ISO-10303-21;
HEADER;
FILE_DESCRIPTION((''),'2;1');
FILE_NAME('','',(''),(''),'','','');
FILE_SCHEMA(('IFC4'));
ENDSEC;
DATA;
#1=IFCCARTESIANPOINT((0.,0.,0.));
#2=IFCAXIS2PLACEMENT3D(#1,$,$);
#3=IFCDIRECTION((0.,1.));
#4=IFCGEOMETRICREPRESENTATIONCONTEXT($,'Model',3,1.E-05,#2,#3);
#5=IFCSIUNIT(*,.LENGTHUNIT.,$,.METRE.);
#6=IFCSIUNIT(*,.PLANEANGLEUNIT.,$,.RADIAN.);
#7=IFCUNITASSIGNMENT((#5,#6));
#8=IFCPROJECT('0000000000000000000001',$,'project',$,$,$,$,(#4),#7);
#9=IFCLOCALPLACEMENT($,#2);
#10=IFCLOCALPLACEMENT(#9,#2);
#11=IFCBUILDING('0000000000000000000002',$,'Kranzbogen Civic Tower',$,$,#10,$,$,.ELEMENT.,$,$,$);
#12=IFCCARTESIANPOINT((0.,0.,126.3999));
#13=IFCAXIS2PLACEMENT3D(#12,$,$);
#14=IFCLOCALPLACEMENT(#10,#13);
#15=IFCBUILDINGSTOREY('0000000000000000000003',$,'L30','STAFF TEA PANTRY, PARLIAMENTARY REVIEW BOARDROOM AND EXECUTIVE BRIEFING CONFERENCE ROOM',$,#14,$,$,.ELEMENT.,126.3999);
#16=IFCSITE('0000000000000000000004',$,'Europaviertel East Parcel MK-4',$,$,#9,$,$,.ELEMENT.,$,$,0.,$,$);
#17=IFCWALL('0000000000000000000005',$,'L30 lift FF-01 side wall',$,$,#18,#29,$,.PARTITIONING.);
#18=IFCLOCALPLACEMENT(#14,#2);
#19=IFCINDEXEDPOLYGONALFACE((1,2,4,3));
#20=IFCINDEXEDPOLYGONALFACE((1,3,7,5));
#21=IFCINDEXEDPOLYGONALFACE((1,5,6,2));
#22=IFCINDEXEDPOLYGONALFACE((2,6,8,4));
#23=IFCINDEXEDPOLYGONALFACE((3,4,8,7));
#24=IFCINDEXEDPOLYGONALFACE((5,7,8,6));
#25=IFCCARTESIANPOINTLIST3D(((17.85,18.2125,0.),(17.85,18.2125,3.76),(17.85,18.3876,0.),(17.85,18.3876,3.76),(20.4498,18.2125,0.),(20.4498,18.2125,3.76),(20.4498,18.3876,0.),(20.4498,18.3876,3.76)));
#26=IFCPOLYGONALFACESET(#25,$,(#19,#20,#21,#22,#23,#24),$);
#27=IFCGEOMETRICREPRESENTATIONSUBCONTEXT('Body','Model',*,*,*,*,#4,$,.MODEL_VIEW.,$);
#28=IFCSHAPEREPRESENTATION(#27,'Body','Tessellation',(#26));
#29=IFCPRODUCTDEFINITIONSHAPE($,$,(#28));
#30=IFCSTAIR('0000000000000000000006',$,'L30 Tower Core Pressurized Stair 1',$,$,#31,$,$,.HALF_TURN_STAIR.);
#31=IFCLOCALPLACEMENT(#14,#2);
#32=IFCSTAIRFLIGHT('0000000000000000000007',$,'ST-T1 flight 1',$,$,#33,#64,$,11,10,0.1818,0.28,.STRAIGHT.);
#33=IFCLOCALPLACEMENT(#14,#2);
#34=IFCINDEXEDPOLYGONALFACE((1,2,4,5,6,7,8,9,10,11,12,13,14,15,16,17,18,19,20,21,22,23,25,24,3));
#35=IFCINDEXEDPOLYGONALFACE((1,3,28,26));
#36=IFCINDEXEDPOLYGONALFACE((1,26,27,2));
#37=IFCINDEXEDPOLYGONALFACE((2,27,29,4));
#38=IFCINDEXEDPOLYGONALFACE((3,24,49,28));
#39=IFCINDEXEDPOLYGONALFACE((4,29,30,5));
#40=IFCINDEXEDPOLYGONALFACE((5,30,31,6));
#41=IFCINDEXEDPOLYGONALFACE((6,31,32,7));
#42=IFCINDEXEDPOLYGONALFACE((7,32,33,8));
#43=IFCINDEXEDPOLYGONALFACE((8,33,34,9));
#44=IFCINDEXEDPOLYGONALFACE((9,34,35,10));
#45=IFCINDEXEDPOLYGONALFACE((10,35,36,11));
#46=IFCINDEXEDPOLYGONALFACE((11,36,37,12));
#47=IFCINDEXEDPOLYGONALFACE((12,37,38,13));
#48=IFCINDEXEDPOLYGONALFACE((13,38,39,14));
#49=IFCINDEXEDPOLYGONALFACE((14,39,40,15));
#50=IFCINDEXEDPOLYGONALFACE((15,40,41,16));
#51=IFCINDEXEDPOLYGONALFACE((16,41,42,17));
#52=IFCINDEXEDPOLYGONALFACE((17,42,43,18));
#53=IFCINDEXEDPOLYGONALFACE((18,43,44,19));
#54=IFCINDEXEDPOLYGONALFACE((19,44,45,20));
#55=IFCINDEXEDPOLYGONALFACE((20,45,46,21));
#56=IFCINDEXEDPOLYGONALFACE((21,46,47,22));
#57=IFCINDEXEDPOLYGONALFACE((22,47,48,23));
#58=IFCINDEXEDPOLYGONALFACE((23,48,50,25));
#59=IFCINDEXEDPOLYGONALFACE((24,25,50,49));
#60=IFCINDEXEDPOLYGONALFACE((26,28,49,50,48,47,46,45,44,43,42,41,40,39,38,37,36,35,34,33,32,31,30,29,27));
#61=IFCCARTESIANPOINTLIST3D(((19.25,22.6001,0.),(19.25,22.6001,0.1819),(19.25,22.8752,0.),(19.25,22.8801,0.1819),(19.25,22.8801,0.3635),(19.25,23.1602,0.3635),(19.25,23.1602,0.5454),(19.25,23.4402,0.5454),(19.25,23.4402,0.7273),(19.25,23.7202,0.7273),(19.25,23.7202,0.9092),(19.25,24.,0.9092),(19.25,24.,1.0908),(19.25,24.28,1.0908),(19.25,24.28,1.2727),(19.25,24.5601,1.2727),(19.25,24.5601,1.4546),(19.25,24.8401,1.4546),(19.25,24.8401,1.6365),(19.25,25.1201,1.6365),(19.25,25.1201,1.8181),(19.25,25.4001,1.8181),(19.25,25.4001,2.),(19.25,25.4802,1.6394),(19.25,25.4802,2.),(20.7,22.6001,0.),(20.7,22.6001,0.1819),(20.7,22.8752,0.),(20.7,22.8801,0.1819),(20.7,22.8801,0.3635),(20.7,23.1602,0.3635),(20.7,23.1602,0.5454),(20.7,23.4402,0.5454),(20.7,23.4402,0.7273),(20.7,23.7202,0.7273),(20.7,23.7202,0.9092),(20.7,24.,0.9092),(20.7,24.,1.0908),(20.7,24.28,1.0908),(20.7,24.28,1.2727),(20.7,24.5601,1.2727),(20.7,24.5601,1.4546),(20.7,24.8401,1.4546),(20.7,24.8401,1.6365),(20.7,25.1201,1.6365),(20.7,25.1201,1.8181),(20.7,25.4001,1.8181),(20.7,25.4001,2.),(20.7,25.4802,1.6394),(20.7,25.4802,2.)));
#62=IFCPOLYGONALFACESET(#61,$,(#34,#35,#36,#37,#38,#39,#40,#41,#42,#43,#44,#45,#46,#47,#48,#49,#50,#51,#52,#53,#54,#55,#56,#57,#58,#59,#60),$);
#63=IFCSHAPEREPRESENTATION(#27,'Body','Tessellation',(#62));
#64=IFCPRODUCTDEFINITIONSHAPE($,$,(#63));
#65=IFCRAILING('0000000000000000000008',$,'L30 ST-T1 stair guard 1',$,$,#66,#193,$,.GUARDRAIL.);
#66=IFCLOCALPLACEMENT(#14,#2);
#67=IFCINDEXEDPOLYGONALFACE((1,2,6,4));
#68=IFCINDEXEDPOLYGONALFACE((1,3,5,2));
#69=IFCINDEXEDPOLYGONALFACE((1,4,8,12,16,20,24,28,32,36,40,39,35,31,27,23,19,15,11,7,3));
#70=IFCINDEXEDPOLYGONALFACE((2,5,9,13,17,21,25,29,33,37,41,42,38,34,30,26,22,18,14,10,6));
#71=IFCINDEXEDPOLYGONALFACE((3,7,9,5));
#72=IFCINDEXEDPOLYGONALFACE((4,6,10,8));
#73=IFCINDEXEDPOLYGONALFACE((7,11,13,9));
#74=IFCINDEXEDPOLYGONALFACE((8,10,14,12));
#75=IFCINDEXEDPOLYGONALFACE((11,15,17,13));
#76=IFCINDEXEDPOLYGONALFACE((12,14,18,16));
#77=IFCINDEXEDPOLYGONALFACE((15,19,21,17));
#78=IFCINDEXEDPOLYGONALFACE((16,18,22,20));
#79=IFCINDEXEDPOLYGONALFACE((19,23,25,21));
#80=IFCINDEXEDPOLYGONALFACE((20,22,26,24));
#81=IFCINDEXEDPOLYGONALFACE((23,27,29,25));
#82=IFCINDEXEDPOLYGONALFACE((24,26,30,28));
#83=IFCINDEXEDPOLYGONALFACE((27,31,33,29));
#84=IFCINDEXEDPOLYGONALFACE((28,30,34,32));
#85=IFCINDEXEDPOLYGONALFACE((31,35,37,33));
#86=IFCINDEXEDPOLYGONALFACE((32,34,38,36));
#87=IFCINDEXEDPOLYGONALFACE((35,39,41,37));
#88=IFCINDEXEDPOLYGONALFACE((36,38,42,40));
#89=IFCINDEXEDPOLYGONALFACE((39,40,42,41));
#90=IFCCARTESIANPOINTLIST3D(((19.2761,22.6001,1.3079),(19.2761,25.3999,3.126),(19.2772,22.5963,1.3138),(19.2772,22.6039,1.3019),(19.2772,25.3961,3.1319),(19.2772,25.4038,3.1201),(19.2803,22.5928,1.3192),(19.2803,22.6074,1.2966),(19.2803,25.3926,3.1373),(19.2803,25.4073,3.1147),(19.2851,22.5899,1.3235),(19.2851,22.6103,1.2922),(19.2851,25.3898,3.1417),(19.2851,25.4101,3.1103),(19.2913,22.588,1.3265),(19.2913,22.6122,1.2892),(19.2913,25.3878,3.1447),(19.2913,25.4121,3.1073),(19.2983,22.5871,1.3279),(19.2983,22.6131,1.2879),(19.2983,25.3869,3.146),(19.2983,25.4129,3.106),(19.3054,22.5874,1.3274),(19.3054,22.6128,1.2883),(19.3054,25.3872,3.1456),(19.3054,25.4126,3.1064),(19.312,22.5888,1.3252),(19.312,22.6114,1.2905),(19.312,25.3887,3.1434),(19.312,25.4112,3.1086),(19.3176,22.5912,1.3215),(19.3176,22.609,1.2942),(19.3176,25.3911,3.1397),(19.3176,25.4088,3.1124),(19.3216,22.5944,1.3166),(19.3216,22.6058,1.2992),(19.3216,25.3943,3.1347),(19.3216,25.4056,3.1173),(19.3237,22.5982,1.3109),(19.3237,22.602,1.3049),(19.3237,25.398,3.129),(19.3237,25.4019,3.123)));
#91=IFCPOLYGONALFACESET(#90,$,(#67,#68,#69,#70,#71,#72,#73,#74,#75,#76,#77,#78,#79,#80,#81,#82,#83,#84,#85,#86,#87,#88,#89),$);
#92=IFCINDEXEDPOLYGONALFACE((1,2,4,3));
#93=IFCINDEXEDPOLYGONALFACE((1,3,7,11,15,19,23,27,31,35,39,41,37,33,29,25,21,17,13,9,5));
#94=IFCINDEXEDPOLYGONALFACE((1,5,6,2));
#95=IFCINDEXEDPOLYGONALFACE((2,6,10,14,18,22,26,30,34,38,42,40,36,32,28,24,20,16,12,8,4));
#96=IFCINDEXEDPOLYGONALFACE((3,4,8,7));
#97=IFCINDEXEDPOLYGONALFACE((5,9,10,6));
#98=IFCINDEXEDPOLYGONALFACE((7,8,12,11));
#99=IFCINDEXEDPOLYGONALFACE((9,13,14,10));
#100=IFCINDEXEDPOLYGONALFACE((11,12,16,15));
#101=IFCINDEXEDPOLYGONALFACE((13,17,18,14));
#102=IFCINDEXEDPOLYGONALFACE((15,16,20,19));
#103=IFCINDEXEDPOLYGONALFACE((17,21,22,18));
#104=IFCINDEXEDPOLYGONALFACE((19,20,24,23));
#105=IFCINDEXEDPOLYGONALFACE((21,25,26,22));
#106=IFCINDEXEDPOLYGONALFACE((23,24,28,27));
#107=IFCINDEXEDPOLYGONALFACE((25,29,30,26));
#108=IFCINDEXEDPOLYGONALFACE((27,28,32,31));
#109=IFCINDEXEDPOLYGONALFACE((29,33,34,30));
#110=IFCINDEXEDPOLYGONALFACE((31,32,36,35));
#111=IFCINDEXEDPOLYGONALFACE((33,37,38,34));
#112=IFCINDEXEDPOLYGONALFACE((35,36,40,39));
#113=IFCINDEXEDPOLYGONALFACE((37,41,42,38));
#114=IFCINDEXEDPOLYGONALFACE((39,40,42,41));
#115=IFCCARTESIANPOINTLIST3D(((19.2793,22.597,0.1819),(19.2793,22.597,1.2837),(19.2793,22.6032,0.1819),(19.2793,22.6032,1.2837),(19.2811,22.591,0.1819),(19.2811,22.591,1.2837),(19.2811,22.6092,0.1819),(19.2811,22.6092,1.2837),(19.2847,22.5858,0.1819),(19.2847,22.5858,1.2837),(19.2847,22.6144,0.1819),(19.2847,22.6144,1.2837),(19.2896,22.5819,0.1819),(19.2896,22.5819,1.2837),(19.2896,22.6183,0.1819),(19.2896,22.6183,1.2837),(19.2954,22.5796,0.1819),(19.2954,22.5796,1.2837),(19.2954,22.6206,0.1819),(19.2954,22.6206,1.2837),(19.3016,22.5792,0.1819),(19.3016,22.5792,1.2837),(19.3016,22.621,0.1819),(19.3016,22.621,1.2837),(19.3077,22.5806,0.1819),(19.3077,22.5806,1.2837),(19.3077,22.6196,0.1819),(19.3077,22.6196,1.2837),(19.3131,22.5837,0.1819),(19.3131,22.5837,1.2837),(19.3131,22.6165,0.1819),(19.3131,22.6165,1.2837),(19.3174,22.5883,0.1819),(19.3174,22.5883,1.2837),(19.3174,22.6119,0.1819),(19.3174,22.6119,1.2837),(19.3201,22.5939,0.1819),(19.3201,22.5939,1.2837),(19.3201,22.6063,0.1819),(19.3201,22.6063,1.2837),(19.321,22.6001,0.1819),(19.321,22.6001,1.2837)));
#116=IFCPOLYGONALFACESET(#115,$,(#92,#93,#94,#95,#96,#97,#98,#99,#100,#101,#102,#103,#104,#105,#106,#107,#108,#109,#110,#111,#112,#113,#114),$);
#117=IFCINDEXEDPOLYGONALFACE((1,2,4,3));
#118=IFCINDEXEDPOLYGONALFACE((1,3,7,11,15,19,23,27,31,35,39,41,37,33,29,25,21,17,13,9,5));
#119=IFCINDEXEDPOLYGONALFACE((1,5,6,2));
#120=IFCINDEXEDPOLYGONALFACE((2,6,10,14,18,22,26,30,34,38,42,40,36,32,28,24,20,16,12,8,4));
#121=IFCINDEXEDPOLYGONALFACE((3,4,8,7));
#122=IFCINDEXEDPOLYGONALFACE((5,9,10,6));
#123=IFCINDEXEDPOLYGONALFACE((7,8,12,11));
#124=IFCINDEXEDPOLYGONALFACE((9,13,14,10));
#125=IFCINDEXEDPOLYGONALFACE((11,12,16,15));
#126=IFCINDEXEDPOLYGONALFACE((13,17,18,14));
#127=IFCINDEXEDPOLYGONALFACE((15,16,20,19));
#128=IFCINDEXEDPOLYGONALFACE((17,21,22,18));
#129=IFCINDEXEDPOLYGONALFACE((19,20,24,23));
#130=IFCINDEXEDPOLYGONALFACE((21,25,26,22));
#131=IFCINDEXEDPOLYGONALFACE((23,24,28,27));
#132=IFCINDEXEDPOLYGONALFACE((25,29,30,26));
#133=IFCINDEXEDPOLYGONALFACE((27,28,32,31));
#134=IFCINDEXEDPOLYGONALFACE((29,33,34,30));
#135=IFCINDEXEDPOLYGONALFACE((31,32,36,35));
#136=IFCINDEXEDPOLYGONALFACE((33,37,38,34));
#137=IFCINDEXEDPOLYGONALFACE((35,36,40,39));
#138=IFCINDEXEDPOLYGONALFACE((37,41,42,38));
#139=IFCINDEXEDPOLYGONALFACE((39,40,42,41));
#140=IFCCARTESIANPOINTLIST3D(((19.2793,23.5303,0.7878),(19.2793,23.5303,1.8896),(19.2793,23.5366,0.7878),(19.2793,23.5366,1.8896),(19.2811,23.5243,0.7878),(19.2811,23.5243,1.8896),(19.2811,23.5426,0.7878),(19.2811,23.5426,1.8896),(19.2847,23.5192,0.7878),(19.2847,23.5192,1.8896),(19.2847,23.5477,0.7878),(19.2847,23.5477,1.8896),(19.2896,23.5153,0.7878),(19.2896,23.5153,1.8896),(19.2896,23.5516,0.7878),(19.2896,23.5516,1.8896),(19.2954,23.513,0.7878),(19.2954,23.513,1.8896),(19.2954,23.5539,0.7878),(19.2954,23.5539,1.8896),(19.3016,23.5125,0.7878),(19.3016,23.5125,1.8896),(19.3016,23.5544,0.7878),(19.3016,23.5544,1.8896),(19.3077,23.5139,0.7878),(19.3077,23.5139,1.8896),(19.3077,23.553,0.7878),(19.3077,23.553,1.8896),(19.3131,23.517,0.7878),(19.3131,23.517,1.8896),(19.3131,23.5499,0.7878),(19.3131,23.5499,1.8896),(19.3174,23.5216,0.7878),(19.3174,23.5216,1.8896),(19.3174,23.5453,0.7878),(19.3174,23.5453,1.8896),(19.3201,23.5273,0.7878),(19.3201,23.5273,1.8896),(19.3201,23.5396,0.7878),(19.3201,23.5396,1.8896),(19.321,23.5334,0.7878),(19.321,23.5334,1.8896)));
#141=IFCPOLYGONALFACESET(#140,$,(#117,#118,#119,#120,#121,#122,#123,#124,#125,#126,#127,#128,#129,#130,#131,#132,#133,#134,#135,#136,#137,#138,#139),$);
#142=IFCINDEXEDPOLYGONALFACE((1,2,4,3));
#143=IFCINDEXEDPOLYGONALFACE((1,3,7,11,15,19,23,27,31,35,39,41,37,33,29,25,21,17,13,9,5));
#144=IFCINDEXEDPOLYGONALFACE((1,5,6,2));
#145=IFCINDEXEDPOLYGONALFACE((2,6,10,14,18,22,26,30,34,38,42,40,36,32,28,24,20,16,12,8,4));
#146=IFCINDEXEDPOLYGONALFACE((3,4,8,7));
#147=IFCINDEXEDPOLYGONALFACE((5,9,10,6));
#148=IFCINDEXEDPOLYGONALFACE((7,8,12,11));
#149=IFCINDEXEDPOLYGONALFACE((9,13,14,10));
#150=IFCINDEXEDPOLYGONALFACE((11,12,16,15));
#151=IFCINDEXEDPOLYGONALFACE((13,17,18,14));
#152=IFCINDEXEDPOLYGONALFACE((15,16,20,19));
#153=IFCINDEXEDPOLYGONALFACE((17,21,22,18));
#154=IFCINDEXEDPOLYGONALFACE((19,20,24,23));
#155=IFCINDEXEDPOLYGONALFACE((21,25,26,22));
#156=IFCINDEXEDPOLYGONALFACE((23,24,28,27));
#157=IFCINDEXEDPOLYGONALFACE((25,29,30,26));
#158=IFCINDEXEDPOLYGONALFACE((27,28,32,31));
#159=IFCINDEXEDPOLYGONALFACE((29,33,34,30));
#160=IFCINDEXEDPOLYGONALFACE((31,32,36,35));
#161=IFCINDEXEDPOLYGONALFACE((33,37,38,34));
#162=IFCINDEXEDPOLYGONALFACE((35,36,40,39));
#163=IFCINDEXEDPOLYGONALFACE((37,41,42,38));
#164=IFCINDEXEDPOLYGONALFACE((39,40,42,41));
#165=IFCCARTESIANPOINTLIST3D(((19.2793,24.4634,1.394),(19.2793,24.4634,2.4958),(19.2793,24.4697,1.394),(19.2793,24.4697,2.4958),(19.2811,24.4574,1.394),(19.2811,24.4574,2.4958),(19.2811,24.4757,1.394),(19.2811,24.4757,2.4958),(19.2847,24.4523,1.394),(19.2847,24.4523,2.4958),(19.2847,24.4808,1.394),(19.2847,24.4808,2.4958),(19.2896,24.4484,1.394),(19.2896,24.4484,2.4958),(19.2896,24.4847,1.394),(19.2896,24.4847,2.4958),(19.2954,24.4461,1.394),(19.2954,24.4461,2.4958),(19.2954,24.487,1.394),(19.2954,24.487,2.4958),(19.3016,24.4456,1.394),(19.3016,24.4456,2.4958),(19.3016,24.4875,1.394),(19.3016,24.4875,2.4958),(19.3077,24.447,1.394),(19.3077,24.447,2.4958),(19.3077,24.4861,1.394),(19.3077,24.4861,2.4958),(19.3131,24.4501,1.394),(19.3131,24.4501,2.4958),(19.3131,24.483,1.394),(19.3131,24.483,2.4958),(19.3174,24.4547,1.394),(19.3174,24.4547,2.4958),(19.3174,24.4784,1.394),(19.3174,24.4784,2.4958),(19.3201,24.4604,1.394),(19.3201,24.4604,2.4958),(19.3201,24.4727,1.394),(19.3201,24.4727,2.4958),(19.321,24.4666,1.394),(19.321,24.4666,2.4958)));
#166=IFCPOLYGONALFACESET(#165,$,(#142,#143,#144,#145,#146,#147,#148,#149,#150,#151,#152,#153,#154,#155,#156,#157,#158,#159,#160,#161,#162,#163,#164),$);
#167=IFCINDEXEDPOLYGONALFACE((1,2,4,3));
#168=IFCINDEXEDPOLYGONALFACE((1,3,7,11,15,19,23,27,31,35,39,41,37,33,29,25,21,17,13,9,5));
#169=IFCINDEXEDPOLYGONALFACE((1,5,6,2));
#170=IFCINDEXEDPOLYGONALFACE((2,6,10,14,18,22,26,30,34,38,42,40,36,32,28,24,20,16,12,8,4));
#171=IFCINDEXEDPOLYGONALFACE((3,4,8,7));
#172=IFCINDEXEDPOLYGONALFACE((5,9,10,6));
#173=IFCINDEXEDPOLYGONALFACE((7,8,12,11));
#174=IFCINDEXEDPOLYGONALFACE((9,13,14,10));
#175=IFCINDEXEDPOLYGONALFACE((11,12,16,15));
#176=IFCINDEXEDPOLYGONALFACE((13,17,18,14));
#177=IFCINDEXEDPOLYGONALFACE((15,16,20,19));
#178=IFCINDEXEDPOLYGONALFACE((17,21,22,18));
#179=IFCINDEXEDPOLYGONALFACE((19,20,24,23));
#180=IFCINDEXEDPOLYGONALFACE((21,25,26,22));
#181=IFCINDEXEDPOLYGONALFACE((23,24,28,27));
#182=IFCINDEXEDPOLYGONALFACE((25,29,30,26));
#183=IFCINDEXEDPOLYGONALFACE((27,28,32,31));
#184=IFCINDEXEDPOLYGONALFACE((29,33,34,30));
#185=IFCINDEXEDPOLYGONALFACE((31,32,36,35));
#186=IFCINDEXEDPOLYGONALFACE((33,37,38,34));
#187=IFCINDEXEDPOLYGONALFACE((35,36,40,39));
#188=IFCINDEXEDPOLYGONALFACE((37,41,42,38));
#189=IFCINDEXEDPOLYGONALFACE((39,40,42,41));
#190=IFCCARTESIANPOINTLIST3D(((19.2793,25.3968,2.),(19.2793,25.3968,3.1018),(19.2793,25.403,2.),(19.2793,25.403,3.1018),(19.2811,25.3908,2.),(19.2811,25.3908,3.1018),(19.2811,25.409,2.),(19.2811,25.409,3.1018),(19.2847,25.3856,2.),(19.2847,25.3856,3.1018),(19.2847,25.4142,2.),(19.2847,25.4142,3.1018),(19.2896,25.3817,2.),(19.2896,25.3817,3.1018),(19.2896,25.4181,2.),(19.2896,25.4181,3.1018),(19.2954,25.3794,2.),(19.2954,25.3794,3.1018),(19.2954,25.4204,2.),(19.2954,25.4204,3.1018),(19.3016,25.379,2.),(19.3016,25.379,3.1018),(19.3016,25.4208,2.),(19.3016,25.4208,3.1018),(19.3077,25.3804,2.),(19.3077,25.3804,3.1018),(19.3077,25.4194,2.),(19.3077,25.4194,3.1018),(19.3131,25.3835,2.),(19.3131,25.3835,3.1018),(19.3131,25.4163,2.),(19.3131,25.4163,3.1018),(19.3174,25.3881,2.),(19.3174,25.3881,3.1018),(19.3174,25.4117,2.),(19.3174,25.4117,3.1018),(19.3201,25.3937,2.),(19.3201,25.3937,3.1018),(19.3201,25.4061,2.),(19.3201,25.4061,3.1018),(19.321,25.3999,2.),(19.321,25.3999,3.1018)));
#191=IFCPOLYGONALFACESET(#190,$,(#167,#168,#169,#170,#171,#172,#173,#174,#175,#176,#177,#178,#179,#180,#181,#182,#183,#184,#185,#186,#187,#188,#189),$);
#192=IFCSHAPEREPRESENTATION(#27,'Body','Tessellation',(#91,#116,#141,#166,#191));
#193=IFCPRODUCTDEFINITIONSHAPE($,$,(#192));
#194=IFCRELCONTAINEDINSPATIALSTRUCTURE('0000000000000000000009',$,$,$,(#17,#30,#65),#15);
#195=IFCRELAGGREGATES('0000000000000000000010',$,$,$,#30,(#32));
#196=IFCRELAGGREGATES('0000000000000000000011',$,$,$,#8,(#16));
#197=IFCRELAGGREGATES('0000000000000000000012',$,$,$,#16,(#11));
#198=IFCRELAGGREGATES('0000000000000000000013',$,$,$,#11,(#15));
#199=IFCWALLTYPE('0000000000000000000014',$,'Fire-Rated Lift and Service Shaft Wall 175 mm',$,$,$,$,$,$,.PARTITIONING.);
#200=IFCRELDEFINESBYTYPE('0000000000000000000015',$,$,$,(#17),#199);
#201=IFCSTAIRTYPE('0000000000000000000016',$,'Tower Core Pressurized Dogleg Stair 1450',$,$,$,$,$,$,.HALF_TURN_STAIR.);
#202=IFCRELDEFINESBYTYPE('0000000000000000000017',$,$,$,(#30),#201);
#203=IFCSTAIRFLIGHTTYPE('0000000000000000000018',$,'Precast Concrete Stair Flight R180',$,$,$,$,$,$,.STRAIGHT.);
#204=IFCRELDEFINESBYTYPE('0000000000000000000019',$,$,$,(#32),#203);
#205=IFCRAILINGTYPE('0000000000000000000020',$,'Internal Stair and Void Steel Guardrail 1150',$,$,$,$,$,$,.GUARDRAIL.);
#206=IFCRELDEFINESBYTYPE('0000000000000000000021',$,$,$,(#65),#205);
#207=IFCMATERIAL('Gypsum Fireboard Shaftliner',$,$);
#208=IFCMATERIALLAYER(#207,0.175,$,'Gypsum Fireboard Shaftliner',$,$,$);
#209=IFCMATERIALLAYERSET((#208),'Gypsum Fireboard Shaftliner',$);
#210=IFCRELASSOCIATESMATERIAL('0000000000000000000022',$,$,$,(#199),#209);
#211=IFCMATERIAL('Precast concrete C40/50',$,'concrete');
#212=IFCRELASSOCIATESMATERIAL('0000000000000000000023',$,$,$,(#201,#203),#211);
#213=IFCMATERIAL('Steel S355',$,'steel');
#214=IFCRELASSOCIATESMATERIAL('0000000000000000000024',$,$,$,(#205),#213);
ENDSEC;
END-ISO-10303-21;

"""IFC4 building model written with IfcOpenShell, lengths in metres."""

from ifc_helpers import new_model, si_unit, direction, frame, frame_2d, origin, origin_2d, place, context, subcontext, project, spatial, polyline, rectangle, circle, outline, extrude, material, layer, layer_set, type_object, element, aggregate, save


model = new_model("IFC4")

# Units and contexts
model_context = context("Model", 3, precision=1e-05, world=origin(), true_north=direction((0.0, 1.0)))
body_context = subcontext(model_context, "Body", "Model", "MODEL_VIEW")
ifc_project = project(units=[si_unit("LENGTHUNIT", "METRE"), si_unit("PLANEANGLEUNIT", "RADIAN")], contexts=[model_context])

# Site, building, storey
site_placement = place(None, origin())
site = spatial("IfcSite", under=ifc_project, at=site_placement, Name="Europaviertel East Parcel MK-4", CompositionType="ELEMENT", RefElevation=0.0)
building_placement = place(site_placement, origin())
building = spatial("IfcBuilding", under=site, at=building_placement, Name="Kranzbogen Civic Tower", CompositionType="ELEMENT")
storey_placement = place(building_placement, frame((0.0, 0.0, 126.3999)))
storey = spatial("IfcBuildingStorey", under=building, at=storey_placement, Name="L30", Description="STAFF TEA PANTRY, PARLIAMENTARY REVIEW BOARDROOM AND EXECUTIVE BRIEFING CONFERENCE ROOM", CompositionType="ELEMENT", Elevation=126.3999)

# Shared definitions
ifc_material_1 = material(Name="Steel S355", Category="steel")

# Shared definitions
ifc_material_2 = material(Name="Gypsum Fireboard Shaftliner")
ifc_layer_1 = layer(ifc_material_2, 0.175, Name="Gypsum Fireboard Shaftliner")
ifc_layer_set_1 = layer_set([ifc_layer_1], Name="Gypsum Fireboard Shaftliner")
wall_type_1 = type_object("IfcWallType", Name="Fire-Rated Lift and Service Shaft Wall 175 mm", PredefinedType="PARTITIONING", material=ifc_layer_set_1)

# Wall
wall_1_placement = place(storey_placement, frame((17.8501, 18.3, 0.0), z_axis=(0.0, 0.0, 1.0), x_axis=(1.0, 0.0, 0.0)))
element("IfcWall", 1, at=wall_1_placement, inside=storey, type_object=wall_type_1, Name="L30 lift FF-01 side wall", PredefinedType="PARTITIONING", context=body_context, shape_type="SweptSolid", body=[
    extrude(rectangle(XDim=2.5999, YDim=0.175, at=frame_2d((1.2998, 0.0))), origin(), (0.0, 0.0, 1.0), 3.76),
])

# Stair, stair flight
ifc_material_3 = material(Name="Precast concrete C40/50", Category="concrete")
stair_type = type_object("IfcStairType", Name="Tower Core Pressurized Dogleg Stair 1450", PredefinedType="HALF_TURN_STAIR", material=ifc_material_3)
stair_placement = place(storey_placement, origin())
stair = element("IfcStair", 2, at=stair_placement, inside=storey, type_object=stair_type, Name="L30 Tower Core Pressurized Stair 1", PredefinedType="HALF_TURN_STAIR")
stair_flight_type = type_object("IfcStairFlightType", Name="Precast Concrete Stair Flight R180", PredefinedType="STRAIGHT", material=ifc_material_3)
stair_flight_placement = place(storey_placement, frame((19.9751, 22.6001, 0.0), z_axis=(0.0, 0.0, 1.0), x_axis=(0.0, 1.0, 0.0)))
stair_flight = element("IfcStairFlight", 3, at=stair_flight_placement, type_object=stair_flight_type, Name="ST-T1 flight 1", NumberOfRisers=11, NumberOfTreads=10, PredefinedType="STRAIGHT", RiserHeight=0.1818, TreadLength=0.28, context=body_context, shape_type="SweptSolid", body=[
    extrude(outline(polyline([(0.0, 0.0), (0.0, 0.1819), (0.28, 0.1819), (0.28, 0.3635), (0.5601, 0.3635), (0.5601, 0.5454), (0.8401, 0.5454), (0.8401, 0.7273), (1.1201, 0.7273), (1.1201, 0.9092), (1.3999, 0.9092), (1.3999, 1.0908), (1.6799, 1.0908), (1.6799, 1.2727), (1.96, 1.2727), (1.96, 1.4546), (2.24, 1.4546), (2.24, 1.6365), (2.52, 1.6365), (2.52, 1.8181), (2.8, 1.8181), (2.8, 2.0), (2.8801, 2.0), (2.8801, 1.6394), (0.2751, 0.0), (0.0, 0.0)])), frame((0.0, 0.7251, 0.0), z_axis=(0.0, -1.0, 0.0), x_axis=(1.0, 0.0, 0.0)), (0.0, 0.0, 1.0), 1.45),
])
aggregate(stair, [stair_flight])

# Railing
railing_type_1 = type_object("IfcRailingType", Name="Internal Stair and Void Steel Guardrail 1150", PredefinedType="GUARDRAIL", material=ifc_material_1)
railing_1_placement = place(storey_placement, frame((19.3, 22.6001, 0.1819)))
element("IfcRailing", 4, at=railing_1_placement, inside=storey, type_object=railing_type_1, Name="L30 ST-T1 stair guard 1", PredefinedType="GUARDRAIL", context=body_context, shape_type="SweptSolid", body=[
    extrude(circle(Radius=0.0239, at=origin_2d()), frame((0.0, 0.0, 1.126), z_axis=(0.0, 0.838684, 0.544618), x_axis=(-1.0, 0.0, 0.0)), (0.0, 0.0, 1.0), 3.3384),
    extrude(circle(Radius=0.021, at=origin_2d()), origin(), (0.0, 0.0, 1.0), 1.1018),
    extrude(circle(Radius=0.021, at=origin_2d()), frame((0.0, 0.9333, 0.606)), (0.0, 0.0, 1.0), 1.1018),
    extrude(circle(Radius=0.021, at=origin_2d()), frame((0.0, 1.8665, 1.2122)), (0.0, 0.0, 1.0), 1.1018),
    extrude(circle(Radius=0.021, at=origin_2d()), frame((0.0, 2.7998, 1.8181)), (0.0, 0.0, 1.0), 1.1018),
])

save(model, "model.ifc")
